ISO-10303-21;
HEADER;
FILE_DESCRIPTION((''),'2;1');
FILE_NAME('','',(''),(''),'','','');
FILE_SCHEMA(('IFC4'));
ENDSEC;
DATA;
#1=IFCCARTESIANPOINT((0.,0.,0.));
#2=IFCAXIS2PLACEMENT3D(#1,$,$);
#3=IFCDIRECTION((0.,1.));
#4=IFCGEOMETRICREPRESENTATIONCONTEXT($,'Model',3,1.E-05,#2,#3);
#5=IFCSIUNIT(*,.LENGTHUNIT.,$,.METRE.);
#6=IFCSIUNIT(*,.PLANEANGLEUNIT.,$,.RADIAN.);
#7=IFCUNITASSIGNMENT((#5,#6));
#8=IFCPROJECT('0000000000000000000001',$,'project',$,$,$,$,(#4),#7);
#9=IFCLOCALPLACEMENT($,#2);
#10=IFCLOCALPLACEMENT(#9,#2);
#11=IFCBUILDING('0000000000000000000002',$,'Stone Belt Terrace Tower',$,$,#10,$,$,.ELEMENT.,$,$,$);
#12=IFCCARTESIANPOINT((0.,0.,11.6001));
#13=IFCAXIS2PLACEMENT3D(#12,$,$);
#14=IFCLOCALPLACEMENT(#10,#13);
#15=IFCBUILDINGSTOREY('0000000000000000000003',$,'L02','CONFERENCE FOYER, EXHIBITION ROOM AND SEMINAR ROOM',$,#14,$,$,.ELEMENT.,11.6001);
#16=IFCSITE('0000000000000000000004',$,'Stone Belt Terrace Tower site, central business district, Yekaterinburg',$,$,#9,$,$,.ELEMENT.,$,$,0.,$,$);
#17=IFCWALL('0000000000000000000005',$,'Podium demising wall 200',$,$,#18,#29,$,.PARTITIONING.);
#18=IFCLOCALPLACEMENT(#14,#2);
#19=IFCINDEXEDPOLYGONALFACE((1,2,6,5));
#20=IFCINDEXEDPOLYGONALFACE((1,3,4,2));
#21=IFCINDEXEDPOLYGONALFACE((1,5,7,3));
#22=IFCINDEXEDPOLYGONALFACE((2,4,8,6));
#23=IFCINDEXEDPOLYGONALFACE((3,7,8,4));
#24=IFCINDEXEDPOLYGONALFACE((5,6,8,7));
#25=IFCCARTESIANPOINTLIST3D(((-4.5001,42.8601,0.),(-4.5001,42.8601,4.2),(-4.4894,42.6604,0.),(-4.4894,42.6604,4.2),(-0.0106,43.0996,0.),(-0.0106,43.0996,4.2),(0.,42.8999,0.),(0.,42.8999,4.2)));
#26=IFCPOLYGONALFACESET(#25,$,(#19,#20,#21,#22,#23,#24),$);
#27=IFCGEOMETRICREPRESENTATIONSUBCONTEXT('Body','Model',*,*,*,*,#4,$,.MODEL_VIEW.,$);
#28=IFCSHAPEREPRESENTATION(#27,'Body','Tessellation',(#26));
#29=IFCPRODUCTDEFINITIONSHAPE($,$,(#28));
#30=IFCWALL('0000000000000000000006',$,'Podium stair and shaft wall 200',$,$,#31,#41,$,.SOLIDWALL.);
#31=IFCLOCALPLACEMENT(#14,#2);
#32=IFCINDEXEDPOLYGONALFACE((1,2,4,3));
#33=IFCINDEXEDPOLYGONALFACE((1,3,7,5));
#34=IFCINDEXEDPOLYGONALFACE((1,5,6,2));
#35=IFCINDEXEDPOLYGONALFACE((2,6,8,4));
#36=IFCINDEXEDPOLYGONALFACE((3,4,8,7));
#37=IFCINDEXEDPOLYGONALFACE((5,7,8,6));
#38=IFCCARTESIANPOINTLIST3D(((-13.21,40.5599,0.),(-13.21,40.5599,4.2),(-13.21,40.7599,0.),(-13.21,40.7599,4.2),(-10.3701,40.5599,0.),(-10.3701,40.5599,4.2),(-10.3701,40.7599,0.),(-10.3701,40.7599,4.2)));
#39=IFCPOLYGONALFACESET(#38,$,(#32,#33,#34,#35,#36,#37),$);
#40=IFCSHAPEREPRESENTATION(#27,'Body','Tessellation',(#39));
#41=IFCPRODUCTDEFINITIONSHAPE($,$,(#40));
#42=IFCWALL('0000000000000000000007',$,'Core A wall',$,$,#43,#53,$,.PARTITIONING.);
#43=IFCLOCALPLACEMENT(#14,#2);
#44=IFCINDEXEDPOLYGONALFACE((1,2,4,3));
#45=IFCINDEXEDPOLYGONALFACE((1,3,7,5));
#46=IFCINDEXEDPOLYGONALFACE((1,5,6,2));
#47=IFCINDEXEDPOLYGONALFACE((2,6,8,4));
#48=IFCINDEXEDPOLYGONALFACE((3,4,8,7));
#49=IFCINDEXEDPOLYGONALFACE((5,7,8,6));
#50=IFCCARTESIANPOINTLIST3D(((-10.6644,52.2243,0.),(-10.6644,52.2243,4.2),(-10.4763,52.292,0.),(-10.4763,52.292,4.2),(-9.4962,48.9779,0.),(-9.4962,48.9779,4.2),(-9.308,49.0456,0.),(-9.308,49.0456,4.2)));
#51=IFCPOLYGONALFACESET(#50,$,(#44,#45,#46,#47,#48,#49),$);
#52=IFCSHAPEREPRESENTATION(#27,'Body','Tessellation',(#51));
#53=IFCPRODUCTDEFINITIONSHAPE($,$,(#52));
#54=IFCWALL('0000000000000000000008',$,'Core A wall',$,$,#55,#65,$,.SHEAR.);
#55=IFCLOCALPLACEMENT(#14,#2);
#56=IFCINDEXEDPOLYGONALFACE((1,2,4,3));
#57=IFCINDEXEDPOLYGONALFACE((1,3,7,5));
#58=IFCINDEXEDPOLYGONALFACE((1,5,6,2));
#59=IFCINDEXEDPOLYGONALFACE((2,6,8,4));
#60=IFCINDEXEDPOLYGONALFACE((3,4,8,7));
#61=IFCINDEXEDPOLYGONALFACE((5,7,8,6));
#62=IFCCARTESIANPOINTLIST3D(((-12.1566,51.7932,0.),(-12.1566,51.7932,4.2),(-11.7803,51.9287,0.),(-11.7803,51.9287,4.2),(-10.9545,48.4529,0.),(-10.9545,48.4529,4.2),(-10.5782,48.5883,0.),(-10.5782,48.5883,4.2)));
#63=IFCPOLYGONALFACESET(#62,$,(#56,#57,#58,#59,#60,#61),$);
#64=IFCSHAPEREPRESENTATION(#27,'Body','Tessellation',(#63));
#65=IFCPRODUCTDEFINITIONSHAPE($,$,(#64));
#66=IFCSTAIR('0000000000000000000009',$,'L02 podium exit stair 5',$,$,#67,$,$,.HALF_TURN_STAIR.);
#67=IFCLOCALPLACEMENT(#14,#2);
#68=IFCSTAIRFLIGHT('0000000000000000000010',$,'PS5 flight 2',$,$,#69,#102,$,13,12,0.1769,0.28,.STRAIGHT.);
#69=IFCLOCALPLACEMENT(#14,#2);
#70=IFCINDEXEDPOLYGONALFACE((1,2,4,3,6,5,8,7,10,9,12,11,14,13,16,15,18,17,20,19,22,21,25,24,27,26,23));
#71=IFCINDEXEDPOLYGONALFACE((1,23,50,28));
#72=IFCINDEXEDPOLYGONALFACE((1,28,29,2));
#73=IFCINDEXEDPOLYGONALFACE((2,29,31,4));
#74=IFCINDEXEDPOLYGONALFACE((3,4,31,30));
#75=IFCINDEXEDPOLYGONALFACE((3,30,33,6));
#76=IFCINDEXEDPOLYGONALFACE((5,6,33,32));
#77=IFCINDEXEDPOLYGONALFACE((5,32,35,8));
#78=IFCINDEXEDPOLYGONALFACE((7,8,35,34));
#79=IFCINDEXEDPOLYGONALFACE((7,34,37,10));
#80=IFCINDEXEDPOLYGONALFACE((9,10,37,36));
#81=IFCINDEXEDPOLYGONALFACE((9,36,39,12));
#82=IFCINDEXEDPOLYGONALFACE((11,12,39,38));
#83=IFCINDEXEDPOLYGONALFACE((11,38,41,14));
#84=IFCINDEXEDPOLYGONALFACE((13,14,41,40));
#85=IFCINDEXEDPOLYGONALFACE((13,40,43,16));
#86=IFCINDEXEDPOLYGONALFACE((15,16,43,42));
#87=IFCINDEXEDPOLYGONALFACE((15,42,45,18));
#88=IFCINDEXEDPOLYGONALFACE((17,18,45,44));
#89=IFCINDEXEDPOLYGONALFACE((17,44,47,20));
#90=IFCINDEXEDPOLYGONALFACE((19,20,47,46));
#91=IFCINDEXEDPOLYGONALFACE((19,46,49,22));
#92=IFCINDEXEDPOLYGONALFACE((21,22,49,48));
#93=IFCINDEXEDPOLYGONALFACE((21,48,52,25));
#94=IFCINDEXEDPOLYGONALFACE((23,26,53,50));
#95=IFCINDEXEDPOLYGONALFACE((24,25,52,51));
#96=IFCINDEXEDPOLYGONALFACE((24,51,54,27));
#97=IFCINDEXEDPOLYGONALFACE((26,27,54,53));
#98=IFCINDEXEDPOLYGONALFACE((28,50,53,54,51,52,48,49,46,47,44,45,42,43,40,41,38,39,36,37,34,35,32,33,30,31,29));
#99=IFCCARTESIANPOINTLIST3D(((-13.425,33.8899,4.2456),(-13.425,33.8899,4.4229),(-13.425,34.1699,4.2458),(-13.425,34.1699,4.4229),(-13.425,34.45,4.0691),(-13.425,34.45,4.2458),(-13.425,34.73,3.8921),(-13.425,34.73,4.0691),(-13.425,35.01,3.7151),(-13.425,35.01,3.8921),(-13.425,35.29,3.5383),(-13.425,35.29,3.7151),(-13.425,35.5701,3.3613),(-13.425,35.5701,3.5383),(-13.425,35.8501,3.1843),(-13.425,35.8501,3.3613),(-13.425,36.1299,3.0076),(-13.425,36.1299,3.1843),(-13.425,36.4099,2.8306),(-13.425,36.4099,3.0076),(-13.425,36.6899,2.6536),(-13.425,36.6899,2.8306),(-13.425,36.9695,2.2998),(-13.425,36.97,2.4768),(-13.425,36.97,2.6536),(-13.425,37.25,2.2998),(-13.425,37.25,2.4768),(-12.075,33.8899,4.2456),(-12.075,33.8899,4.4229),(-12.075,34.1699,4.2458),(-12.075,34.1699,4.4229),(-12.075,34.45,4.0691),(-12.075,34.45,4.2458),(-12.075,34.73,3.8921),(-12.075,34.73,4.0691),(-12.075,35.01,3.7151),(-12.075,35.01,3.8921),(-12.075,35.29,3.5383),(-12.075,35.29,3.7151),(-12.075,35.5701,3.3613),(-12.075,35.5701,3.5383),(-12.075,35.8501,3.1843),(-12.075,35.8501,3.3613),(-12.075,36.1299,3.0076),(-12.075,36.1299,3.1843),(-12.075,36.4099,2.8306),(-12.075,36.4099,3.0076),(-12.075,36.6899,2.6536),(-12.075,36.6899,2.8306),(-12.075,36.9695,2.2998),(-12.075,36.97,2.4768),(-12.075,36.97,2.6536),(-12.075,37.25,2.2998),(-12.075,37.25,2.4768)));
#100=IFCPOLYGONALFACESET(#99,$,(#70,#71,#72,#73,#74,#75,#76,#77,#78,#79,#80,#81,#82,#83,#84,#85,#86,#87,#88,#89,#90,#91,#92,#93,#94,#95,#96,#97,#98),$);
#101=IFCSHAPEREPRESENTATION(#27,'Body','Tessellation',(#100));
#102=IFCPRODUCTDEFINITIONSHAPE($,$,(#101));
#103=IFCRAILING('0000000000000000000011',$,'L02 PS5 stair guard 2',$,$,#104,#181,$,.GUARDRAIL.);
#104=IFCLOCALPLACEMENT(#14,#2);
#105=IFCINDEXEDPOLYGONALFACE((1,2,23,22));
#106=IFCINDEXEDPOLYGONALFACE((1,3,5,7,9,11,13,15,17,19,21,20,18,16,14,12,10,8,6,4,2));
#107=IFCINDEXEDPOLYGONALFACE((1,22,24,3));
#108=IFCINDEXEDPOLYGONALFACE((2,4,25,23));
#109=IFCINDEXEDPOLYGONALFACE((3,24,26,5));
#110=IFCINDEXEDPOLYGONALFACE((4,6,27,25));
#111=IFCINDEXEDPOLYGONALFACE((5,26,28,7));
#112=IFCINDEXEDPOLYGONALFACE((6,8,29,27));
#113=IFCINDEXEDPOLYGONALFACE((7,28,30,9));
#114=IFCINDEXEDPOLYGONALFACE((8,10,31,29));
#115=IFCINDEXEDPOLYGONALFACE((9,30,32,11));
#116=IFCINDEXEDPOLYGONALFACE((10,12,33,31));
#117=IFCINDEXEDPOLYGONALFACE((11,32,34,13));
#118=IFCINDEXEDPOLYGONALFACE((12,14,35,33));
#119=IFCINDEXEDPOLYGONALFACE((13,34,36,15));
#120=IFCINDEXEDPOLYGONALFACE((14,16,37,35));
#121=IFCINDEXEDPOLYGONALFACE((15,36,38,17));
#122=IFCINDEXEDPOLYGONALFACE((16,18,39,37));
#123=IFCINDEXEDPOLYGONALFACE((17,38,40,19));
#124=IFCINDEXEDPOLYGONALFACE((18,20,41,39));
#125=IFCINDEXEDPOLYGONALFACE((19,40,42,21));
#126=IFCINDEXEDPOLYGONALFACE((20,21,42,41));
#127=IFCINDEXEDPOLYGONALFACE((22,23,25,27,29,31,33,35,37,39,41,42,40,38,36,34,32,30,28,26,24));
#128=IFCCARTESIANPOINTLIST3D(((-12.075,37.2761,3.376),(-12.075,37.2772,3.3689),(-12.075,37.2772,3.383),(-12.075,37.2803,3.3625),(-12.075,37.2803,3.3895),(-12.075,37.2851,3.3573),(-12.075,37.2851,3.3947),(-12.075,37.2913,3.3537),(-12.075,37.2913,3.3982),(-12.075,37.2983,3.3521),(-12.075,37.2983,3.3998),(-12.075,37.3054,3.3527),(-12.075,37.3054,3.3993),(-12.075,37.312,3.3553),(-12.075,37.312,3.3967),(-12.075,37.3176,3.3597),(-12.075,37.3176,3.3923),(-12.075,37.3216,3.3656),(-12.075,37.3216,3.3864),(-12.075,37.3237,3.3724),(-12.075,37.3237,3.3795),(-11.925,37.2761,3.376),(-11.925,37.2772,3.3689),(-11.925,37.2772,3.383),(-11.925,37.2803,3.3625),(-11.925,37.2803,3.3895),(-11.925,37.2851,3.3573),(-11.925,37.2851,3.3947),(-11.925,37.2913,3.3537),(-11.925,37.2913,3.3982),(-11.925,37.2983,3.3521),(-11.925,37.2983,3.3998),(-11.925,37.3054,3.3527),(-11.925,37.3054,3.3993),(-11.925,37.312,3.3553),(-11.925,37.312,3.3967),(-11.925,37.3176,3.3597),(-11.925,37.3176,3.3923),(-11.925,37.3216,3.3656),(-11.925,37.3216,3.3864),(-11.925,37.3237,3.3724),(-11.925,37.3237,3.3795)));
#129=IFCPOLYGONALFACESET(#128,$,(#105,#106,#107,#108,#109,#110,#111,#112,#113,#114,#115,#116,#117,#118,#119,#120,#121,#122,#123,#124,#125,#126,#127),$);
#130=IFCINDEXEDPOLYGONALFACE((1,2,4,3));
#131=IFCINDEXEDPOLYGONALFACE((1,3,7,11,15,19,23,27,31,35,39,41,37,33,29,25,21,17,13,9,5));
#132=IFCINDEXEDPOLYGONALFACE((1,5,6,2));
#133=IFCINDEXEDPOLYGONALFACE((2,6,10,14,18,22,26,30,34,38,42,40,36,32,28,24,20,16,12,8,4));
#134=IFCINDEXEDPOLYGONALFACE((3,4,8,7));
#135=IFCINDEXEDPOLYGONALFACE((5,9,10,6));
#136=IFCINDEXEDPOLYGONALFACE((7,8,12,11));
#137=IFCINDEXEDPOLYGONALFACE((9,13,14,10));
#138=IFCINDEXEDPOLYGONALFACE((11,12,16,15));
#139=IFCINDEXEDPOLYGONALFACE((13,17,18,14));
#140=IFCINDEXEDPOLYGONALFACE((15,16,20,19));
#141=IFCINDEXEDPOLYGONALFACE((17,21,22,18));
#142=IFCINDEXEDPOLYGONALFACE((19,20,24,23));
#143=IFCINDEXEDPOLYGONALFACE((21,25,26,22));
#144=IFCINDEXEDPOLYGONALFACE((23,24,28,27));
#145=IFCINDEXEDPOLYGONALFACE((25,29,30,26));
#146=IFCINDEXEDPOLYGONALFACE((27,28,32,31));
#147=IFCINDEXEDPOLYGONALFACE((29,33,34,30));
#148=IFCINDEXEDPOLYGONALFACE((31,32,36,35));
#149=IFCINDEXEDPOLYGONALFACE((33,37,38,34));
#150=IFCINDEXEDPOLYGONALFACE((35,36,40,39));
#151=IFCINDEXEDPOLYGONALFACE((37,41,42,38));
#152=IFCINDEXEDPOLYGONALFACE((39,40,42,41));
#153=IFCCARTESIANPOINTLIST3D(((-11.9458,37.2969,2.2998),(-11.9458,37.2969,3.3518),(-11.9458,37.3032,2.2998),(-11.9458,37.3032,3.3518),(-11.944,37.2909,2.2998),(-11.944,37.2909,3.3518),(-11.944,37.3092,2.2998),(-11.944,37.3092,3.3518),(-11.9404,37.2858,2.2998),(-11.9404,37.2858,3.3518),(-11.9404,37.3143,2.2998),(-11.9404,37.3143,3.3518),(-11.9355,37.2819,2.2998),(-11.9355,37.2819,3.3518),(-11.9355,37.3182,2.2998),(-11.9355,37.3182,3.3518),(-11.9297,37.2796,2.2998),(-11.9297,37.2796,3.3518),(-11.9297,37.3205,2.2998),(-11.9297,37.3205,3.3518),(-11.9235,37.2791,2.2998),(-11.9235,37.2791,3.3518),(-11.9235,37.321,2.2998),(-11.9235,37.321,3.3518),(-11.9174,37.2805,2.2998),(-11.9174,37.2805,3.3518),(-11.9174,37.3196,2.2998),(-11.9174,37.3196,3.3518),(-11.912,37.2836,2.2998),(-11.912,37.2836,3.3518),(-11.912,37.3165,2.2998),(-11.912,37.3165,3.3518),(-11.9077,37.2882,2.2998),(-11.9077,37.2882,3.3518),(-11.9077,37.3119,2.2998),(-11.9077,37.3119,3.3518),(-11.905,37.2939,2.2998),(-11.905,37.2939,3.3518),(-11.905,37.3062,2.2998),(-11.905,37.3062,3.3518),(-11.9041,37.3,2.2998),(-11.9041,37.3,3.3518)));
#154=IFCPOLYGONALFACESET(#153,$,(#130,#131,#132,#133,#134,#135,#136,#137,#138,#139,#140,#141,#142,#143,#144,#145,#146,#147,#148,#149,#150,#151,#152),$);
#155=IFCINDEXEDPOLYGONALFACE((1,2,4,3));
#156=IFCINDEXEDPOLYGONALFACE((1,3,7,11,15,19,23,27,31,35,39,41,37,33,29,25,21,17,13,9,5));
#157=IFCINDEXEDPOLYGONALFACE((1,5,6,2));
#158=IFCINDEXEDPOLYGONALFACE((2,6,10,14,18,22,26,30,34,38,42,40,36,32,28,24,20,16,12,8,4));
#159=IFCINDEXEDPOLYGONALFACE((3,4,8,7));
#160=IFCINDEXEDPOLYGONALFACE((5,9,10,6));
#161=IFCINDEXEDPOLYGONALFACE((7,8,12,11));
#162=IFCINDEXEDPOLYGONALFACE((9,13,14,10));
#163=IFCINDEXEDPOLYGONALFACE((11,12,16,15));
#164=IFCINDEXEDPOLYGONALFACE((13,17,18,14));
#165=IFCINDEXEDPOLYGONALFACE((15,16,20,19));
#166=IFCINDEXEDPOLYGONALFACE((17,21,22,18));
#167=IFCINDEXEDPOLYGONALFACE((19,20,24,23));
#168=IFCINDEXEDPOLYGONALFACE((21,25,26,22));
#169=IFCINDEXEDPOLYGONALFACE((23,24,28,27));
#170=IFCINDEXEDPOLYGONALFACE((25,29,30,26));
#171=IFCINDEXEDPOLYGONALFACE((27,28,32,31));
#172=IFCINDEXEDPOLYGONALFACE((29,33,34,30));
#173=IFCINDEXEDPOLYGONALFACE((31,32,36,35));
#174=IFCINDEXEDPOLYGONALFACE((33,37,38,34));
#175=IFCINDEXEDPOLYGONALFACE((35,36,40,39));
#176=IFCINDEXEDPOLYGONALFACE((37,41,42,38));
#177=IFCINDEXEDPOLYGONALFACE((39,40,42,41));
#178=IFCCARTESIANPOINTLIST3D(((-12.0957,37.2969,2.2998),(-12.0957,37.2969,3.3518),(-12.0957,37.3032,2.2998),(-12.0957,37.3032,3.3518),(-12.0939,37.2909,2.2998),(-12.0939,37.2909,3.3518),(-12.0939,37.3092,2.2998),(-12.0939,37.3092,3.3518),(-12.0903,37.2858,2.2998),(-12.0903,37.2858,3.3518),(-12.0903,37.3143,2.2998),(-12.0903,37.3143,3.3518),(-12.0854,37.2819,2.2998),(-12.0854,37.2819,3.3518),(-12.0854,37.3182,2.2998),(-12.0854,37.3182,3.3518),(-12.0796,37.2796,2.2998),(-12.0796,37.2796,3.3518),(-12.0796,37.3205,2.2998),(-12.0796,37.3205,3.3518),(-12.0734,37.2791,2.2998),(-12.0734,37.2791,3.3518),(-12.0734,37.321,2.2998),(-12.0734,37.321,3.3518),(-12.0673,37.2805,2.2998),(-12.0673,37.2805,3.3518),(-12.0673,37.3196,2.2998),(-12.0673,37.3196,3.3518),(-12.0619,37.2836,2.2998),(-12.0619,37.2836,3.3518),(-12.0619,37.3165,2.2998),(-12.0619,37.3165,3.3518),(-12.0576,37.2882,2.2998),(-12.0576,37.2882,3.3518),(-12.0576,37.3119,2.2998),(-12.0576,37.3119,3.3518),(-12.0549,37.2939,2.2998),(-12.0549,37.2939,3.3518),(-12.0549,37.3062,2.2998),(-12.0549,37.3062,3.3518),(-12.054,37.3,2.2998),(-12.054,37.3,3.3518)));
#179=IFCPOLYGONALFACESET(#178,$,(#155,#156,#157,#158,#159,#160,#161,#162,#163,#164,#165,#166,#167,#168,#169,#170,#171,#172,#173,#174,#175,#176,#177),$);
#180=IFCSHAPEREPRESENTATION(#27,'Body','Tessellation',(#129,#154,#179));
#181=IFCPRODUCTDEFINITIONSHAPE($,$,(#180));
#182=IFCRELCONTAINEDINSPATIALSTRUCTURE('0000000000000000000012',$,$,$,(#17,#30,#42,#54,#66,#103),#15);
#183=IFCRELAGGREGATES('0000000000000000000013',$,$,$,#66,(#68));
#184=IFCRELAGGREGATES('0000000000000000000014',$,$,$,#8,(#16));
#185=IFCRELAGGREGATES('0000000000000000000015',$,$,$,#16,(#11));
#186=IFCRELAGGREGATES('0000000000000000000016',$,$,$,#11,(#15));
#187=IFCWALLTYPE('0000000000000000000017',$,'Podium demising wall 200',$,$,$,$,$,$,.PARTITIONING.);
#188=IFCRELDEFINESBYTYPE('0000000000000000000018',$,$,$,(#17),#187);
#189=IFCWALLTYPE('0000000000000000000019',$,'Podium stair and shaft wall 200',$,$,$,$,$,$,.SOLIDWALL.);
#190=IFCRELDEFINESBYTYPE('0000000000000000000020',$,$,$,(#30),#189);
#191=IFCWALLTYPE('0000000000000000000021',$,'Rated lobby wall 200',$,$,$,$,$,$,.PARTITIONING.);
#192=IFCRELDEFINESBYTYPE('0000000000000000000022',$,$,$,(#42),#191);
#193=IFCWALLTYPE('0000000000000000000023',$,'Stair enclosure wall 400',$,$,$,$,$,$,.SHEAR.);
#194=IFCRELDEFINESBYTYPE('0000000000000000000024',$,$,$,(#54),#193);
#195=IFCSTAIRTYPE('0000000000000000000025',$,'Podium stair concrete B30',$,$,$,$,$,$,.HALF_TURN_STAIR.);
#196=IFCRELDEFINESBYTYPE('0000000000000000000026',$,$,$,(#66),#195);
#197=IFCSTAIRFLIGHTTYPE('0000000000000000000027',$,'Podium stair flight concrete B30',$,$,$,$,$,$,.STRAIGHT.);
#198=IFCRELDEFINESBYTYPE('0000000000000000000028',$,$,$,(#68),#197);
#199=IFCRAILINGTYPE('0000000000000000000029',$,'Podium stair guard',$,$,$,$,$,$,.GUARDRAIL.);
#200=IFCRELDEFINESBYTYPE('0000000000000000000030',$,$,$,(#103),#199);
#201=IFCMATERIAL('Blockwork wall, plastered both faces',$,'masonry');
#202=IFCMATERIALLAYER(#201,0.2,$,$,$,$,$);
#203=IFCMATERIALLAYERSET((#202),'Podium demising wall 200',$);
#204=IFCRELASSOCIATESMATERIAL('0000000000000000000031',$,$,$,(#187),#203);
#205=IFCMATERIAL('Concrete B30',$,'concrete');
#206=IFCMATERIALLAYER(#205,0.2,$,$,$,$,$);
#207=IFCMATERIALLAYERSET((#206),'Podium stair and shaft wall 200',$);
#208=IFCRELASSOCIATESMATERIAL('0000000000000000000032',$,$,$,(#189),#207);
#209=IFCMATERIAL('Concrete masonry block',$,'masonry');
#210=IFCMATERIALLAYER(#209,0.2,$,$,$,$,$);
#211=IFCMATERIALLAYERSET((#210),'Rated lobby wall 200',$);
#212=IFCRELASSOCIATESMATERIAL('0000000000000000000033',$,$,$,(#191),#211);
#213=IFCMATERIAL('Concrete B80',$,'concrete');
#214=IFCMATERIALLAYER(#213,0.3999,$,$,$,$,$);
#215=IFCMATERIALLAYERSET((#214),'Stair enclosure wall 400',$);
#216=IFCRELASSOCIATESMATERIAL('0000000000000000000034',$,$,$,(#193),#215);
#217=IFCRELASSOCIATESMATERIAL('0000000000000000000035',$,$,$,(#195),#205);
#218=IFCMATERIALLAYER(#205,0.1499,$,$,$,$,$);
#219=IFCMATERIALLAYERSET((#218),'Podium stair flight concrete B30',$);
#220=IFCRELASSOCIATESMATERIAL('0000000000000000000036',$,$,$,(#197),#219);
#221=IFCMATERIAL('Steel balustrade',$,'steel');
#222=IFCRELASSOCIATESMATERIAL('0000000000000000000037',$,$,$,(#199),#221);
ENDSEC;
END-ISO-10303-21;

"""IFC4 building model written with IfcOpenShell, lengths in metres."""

from ifc_helpers import new_model, si_unit, direction, frame, frame_2d, origin, origin_2d, place, context, subcontext, project, spatial, polyline, rectangle, circle, outline, extrude, material, layer, layer_set, type_object, element, aggregate, save


model = new_model("IFC4")

# Units and contexts
model_context = context("Model", 3, precision=1e-05, world=origin(), true_north=direction((0.0, 1.0)))
body_context = subcontext(model_context, "Body", "Model", "MODEL_VIEW")
ifc_project = project(units=[si_unit("LENGTHUNIT", "METRE"), si_unit("PLANEANGLEUNIT", "RADIAN")], contexts=[model_context])

# Site, building, storey
site_placement = place(None, origin())
site = spatial("IfcSite", under=ifc_project, at=site_placement, Name="Stone Belt Terrace Tower site, central business district, Yekaterinburg", CompositionType="ELEMENT", RefElevation=0.0)
building_placement = place(site_placement, origin())
building = spatial("IfcBuilding", under=site, at=building_placement, Name="Stone Belt Terrace Tower", CompositionType="ELEMENT")
storey_placement = place(building_placement, frame((0.0, 0.0, 11.6001)))
storey = spatial("IfcBuildingStorey", under=building, at=storey_placement, Name="L02", Description="CONFERENCE FOYER, EXHIBITION ROOM AND SEMINAR ROOM", CompositionType="ELEMENT", Elevation=11.6001)

# Shared definitions
ifc_material_1 = material(Name="Concrete B80", Category="concrete")

# Shared definitions
ifc_material_2 = material(Name="Blockwork wall, plastered both faces", Category="masonry")
ifc_layer_1 = layer(ifc_material_2, 0.2)
ifc_layer_set_1 = layer_set([ifc_layer_1], Name="Podium demising wall 200")
wall_type_1 = type_object("IfcWallType", Name="Podium demising wall 200", PredefinedType="PARTITIONING", material=ifc_layer_set_1)

# Walls
wall_1_placement = place(storey_placement, frame((-4.4949, 42.7603, 0.0), z_axis=(0.0, 0.0, 1.0), x_axis=(0.99858, 0.053271, 0.0)))
element("IfcWall", 1, at=wall_1_placement, inside=storey, type_object=wall_type_1, Name="Podium demising wall 200", PredefinedType="PARTITIONING", context=body_context, shape_type="SweptSolid", body=[
    extrude(rectangle(XDim=4.4958, YDim=0.2, at=frame_2d((2.248, 0.0))), origin(), (0.0, 0.0, 1.0), 4.2),
])
ifc_material_3 = material(Name="Concrete B30", Category="concrete")
ifc_layer_2 = layer(ifc_material_3, 0.2)
ifc_layer_set_2 = layer_set([ifc_layer_2], Name="Podium stair and shaft wall 200")
wall_type_2 = type_object("IfcWallType", Name="Podium stair and shaft wall 200", PredefinedType="SOLIDWALL", material=ifc_layer_set_2)
wall_2_placement = place(storey_placement, frame((-13.21, 40.6599, 0.0), z_axis=(0.0, 0.0, 1.0), x_axis=(1.0, 0.0, 0.0)))
element("IfcWall", 2, at=wall_2_placement, inside=storey, type_object=wall_type_2, Name="Podium stair and shaft wall 200", PredefinedType="SOLIDWALL", context=body_context, shape_type="SweptSolid", body=[
    extrude(rectangle(XDim=2.8398, YDim=0.2, at=frame_2d((1.4199, 0.0))), origin(), (0.0, 0.0, 1.0), 4.2),
])
ifc_material_4 = material(Name="Concrete masonry block", Category="masonry")
ifc_layer_3 = layer(ifc_material_4, 0.2)
ifc_layer_set_3 = layer_set([ifc_layer_3], Name="Rated lobby wall 200")
wall_type_3 = type_object("IfcWallType", Name="Rated lobby wall 200", PredefinedType="PARTITIONING", material=ifc_layer_set_3)
wall_3_placement = place(storey_placement, frame((-9.4021, 49.0117, 0.0), z_axis=(0.0, 0.0, 1.0), x_axis=(-0.338599, 0.940931, 0.0)))
element("IfcWall", 3, at=wall_3_placement, inside=storey, type_object=wall_type_3, Name="Core A wall", PredefinedType="PARTITIONING", context=body_context, shape_type="SweptSolid", body=[
    extrude(rectangle(XDim=3.4502, YDim=0.2, at=frame_2d((1.7251, 0.0))), origin(), (0.0, 0.0, 1.0), 4.2),
])
ifc_layer_4 = layer(ifc_material_1, 0.3999)
ifc_layer_set_4 = layer_set([ifc_layer_4], Name="Stair enclosure wall 400")
wall_type_4 = type_object("IfcWallType", Name="Stair enclosure wall 400", PredefinedType="SHEAR", material=ifc_layer_set_4)
wall_4_placement = place(storey_placement, frame((-10.7664, 48.5208, 0.0), z_axis=(0.0, 0.0, 1.0), x_axis=(-0.338627, 0.940921, 0.0)))
element("IfcWall", 4, at=wall_4_placement, inside=storey, type_object=wall_type_4, Name="Core A wall", PredefinedType="SHEAR", context=body_context, shape_type="SweptSolid", body=[
    extrude(rectangle(XDim=3.55, YDim=0.3999, at=frame_2d((1.7749, 0.0))), origin(), (0.0, 0.0, 1.0), 4.2),
])

# Stair, stair flight
stair_type = type_object("IfcStairType", Name="Podium stair concrete B30", PredefinedType="HALF_TURN_STAIR", material=ifc_material_3)
stair_placement = place(storey_placement, origin())
stair = element("IfcStair", 5, at=stair_placement, inside=storey, type_object=stair_type, Name="L02 podium exit stair 5", PredefinedType="HALF_TURN_STAIR")
ifc_layer_5 = layer(ifc_material_3, 0.1499)
ifc_layer_set_5 = layer_set([ifc_layer_5], Name="Podium stair flight concrete B30")
stair_flight_type = type_object("IfcStairFlightType", Name="Podium stair flight concrete B30", PredefinedType="STRAIGHT", material=ifc_layer_set_5)
stair_flight_placement = place(storey_placement, frame((-12.75, 37.25, 2.2998), z_axis=(0.0, 0.0, 1.0), x_axis=(0.0, -1.0, 0.0)))
stair_flight = element("IfcStairFlight", 6, at=stair_flight_placement, type_object=stair_flight_type, Name="PS5 flight 2", NumberOfRisers=13, NumberOfTreads=12, PredefinedType="STRAIGHT", RiserHeight=0.1769, TreadLength=0.28, context=body_context, shape_type="SweptSolid", body=[
    extrude(outline(polyline([(0.0, 0.0), (0.0, 0.177), (0.28, 0.177), (0.28, 0.3538), (0.5601, 0.3538), (0.5601, 0.5308), (0.8401, 0.5308), (0.8401, 0.7078), (1.1201, 0.7078), (1.1201, 0.8845), (1.3999, 0.8845), (1.3999, 1.0615), (1.6799, 1.0615), (1.6799, 1.2385), (1.96, 1.2385), (1.96, 1.4153), (2.24, 1.4153), (2.24, 1.5923), (2.52, 1.5923), (2.52, 1.7693), (2.8, 1.7693), (2.8, 1.946), (3.0801, 1.946), (3.0801, 2.123), (3.3601, 2.123), (3.3601, 2.3), (3.3601, 1.9458), (0.2805, 0.0), (0.0, 0.0)])), frame((0.0, 0.675, 0.0), z_axis=(0.0, -1.0, 0.0), x_axis=(1.0, 0.0, 0.0)), (0.0, 0.0, 1.0), 1.3501),
])
aggregate(stair, [stair_flight])

# Railing
ifc_material_5 = material(Name="Steel balustrade", Category="steel")
railing_type_1 = type_object("IfcRailingType", Name="Podium stair guard", PredefinedType="GUARDRAIL", material=ifc_material_5)
railing_1_placement = place(storey_placement, frame((-11.925, 37.3, 2.2998)))
element("IfcRailing", 7, at=railing_1_placement, inside=storey, type_object=railing_type_1, Name="L02 PS5 stair guard 2", PredefinedType="GUARDRAIL", context=body_context, shape_type="SweptSolid", body=[
    extrude(circle(Radius=0.0239, at=origin_2d()), frame((0.0, 0.0, 1.0762), z_axis=(-1.0, 0.0, 0.0), x_axis=(0.0, -1.0, 0.0)), (0.0, 0.0, 1.0), 0.1499),
    extrude(circle(Radius=0.021, at=origin_2d()), origin(), (0.0, 0.0, 1.0), 1.052),
    extrude(circle(Radius=0.021, at=origin_2d()), frame((-0.1499, 0.0, 0.0)), (0.0, 0.0, 1.0), 1.052),
])

save(model, "model.ifc")
